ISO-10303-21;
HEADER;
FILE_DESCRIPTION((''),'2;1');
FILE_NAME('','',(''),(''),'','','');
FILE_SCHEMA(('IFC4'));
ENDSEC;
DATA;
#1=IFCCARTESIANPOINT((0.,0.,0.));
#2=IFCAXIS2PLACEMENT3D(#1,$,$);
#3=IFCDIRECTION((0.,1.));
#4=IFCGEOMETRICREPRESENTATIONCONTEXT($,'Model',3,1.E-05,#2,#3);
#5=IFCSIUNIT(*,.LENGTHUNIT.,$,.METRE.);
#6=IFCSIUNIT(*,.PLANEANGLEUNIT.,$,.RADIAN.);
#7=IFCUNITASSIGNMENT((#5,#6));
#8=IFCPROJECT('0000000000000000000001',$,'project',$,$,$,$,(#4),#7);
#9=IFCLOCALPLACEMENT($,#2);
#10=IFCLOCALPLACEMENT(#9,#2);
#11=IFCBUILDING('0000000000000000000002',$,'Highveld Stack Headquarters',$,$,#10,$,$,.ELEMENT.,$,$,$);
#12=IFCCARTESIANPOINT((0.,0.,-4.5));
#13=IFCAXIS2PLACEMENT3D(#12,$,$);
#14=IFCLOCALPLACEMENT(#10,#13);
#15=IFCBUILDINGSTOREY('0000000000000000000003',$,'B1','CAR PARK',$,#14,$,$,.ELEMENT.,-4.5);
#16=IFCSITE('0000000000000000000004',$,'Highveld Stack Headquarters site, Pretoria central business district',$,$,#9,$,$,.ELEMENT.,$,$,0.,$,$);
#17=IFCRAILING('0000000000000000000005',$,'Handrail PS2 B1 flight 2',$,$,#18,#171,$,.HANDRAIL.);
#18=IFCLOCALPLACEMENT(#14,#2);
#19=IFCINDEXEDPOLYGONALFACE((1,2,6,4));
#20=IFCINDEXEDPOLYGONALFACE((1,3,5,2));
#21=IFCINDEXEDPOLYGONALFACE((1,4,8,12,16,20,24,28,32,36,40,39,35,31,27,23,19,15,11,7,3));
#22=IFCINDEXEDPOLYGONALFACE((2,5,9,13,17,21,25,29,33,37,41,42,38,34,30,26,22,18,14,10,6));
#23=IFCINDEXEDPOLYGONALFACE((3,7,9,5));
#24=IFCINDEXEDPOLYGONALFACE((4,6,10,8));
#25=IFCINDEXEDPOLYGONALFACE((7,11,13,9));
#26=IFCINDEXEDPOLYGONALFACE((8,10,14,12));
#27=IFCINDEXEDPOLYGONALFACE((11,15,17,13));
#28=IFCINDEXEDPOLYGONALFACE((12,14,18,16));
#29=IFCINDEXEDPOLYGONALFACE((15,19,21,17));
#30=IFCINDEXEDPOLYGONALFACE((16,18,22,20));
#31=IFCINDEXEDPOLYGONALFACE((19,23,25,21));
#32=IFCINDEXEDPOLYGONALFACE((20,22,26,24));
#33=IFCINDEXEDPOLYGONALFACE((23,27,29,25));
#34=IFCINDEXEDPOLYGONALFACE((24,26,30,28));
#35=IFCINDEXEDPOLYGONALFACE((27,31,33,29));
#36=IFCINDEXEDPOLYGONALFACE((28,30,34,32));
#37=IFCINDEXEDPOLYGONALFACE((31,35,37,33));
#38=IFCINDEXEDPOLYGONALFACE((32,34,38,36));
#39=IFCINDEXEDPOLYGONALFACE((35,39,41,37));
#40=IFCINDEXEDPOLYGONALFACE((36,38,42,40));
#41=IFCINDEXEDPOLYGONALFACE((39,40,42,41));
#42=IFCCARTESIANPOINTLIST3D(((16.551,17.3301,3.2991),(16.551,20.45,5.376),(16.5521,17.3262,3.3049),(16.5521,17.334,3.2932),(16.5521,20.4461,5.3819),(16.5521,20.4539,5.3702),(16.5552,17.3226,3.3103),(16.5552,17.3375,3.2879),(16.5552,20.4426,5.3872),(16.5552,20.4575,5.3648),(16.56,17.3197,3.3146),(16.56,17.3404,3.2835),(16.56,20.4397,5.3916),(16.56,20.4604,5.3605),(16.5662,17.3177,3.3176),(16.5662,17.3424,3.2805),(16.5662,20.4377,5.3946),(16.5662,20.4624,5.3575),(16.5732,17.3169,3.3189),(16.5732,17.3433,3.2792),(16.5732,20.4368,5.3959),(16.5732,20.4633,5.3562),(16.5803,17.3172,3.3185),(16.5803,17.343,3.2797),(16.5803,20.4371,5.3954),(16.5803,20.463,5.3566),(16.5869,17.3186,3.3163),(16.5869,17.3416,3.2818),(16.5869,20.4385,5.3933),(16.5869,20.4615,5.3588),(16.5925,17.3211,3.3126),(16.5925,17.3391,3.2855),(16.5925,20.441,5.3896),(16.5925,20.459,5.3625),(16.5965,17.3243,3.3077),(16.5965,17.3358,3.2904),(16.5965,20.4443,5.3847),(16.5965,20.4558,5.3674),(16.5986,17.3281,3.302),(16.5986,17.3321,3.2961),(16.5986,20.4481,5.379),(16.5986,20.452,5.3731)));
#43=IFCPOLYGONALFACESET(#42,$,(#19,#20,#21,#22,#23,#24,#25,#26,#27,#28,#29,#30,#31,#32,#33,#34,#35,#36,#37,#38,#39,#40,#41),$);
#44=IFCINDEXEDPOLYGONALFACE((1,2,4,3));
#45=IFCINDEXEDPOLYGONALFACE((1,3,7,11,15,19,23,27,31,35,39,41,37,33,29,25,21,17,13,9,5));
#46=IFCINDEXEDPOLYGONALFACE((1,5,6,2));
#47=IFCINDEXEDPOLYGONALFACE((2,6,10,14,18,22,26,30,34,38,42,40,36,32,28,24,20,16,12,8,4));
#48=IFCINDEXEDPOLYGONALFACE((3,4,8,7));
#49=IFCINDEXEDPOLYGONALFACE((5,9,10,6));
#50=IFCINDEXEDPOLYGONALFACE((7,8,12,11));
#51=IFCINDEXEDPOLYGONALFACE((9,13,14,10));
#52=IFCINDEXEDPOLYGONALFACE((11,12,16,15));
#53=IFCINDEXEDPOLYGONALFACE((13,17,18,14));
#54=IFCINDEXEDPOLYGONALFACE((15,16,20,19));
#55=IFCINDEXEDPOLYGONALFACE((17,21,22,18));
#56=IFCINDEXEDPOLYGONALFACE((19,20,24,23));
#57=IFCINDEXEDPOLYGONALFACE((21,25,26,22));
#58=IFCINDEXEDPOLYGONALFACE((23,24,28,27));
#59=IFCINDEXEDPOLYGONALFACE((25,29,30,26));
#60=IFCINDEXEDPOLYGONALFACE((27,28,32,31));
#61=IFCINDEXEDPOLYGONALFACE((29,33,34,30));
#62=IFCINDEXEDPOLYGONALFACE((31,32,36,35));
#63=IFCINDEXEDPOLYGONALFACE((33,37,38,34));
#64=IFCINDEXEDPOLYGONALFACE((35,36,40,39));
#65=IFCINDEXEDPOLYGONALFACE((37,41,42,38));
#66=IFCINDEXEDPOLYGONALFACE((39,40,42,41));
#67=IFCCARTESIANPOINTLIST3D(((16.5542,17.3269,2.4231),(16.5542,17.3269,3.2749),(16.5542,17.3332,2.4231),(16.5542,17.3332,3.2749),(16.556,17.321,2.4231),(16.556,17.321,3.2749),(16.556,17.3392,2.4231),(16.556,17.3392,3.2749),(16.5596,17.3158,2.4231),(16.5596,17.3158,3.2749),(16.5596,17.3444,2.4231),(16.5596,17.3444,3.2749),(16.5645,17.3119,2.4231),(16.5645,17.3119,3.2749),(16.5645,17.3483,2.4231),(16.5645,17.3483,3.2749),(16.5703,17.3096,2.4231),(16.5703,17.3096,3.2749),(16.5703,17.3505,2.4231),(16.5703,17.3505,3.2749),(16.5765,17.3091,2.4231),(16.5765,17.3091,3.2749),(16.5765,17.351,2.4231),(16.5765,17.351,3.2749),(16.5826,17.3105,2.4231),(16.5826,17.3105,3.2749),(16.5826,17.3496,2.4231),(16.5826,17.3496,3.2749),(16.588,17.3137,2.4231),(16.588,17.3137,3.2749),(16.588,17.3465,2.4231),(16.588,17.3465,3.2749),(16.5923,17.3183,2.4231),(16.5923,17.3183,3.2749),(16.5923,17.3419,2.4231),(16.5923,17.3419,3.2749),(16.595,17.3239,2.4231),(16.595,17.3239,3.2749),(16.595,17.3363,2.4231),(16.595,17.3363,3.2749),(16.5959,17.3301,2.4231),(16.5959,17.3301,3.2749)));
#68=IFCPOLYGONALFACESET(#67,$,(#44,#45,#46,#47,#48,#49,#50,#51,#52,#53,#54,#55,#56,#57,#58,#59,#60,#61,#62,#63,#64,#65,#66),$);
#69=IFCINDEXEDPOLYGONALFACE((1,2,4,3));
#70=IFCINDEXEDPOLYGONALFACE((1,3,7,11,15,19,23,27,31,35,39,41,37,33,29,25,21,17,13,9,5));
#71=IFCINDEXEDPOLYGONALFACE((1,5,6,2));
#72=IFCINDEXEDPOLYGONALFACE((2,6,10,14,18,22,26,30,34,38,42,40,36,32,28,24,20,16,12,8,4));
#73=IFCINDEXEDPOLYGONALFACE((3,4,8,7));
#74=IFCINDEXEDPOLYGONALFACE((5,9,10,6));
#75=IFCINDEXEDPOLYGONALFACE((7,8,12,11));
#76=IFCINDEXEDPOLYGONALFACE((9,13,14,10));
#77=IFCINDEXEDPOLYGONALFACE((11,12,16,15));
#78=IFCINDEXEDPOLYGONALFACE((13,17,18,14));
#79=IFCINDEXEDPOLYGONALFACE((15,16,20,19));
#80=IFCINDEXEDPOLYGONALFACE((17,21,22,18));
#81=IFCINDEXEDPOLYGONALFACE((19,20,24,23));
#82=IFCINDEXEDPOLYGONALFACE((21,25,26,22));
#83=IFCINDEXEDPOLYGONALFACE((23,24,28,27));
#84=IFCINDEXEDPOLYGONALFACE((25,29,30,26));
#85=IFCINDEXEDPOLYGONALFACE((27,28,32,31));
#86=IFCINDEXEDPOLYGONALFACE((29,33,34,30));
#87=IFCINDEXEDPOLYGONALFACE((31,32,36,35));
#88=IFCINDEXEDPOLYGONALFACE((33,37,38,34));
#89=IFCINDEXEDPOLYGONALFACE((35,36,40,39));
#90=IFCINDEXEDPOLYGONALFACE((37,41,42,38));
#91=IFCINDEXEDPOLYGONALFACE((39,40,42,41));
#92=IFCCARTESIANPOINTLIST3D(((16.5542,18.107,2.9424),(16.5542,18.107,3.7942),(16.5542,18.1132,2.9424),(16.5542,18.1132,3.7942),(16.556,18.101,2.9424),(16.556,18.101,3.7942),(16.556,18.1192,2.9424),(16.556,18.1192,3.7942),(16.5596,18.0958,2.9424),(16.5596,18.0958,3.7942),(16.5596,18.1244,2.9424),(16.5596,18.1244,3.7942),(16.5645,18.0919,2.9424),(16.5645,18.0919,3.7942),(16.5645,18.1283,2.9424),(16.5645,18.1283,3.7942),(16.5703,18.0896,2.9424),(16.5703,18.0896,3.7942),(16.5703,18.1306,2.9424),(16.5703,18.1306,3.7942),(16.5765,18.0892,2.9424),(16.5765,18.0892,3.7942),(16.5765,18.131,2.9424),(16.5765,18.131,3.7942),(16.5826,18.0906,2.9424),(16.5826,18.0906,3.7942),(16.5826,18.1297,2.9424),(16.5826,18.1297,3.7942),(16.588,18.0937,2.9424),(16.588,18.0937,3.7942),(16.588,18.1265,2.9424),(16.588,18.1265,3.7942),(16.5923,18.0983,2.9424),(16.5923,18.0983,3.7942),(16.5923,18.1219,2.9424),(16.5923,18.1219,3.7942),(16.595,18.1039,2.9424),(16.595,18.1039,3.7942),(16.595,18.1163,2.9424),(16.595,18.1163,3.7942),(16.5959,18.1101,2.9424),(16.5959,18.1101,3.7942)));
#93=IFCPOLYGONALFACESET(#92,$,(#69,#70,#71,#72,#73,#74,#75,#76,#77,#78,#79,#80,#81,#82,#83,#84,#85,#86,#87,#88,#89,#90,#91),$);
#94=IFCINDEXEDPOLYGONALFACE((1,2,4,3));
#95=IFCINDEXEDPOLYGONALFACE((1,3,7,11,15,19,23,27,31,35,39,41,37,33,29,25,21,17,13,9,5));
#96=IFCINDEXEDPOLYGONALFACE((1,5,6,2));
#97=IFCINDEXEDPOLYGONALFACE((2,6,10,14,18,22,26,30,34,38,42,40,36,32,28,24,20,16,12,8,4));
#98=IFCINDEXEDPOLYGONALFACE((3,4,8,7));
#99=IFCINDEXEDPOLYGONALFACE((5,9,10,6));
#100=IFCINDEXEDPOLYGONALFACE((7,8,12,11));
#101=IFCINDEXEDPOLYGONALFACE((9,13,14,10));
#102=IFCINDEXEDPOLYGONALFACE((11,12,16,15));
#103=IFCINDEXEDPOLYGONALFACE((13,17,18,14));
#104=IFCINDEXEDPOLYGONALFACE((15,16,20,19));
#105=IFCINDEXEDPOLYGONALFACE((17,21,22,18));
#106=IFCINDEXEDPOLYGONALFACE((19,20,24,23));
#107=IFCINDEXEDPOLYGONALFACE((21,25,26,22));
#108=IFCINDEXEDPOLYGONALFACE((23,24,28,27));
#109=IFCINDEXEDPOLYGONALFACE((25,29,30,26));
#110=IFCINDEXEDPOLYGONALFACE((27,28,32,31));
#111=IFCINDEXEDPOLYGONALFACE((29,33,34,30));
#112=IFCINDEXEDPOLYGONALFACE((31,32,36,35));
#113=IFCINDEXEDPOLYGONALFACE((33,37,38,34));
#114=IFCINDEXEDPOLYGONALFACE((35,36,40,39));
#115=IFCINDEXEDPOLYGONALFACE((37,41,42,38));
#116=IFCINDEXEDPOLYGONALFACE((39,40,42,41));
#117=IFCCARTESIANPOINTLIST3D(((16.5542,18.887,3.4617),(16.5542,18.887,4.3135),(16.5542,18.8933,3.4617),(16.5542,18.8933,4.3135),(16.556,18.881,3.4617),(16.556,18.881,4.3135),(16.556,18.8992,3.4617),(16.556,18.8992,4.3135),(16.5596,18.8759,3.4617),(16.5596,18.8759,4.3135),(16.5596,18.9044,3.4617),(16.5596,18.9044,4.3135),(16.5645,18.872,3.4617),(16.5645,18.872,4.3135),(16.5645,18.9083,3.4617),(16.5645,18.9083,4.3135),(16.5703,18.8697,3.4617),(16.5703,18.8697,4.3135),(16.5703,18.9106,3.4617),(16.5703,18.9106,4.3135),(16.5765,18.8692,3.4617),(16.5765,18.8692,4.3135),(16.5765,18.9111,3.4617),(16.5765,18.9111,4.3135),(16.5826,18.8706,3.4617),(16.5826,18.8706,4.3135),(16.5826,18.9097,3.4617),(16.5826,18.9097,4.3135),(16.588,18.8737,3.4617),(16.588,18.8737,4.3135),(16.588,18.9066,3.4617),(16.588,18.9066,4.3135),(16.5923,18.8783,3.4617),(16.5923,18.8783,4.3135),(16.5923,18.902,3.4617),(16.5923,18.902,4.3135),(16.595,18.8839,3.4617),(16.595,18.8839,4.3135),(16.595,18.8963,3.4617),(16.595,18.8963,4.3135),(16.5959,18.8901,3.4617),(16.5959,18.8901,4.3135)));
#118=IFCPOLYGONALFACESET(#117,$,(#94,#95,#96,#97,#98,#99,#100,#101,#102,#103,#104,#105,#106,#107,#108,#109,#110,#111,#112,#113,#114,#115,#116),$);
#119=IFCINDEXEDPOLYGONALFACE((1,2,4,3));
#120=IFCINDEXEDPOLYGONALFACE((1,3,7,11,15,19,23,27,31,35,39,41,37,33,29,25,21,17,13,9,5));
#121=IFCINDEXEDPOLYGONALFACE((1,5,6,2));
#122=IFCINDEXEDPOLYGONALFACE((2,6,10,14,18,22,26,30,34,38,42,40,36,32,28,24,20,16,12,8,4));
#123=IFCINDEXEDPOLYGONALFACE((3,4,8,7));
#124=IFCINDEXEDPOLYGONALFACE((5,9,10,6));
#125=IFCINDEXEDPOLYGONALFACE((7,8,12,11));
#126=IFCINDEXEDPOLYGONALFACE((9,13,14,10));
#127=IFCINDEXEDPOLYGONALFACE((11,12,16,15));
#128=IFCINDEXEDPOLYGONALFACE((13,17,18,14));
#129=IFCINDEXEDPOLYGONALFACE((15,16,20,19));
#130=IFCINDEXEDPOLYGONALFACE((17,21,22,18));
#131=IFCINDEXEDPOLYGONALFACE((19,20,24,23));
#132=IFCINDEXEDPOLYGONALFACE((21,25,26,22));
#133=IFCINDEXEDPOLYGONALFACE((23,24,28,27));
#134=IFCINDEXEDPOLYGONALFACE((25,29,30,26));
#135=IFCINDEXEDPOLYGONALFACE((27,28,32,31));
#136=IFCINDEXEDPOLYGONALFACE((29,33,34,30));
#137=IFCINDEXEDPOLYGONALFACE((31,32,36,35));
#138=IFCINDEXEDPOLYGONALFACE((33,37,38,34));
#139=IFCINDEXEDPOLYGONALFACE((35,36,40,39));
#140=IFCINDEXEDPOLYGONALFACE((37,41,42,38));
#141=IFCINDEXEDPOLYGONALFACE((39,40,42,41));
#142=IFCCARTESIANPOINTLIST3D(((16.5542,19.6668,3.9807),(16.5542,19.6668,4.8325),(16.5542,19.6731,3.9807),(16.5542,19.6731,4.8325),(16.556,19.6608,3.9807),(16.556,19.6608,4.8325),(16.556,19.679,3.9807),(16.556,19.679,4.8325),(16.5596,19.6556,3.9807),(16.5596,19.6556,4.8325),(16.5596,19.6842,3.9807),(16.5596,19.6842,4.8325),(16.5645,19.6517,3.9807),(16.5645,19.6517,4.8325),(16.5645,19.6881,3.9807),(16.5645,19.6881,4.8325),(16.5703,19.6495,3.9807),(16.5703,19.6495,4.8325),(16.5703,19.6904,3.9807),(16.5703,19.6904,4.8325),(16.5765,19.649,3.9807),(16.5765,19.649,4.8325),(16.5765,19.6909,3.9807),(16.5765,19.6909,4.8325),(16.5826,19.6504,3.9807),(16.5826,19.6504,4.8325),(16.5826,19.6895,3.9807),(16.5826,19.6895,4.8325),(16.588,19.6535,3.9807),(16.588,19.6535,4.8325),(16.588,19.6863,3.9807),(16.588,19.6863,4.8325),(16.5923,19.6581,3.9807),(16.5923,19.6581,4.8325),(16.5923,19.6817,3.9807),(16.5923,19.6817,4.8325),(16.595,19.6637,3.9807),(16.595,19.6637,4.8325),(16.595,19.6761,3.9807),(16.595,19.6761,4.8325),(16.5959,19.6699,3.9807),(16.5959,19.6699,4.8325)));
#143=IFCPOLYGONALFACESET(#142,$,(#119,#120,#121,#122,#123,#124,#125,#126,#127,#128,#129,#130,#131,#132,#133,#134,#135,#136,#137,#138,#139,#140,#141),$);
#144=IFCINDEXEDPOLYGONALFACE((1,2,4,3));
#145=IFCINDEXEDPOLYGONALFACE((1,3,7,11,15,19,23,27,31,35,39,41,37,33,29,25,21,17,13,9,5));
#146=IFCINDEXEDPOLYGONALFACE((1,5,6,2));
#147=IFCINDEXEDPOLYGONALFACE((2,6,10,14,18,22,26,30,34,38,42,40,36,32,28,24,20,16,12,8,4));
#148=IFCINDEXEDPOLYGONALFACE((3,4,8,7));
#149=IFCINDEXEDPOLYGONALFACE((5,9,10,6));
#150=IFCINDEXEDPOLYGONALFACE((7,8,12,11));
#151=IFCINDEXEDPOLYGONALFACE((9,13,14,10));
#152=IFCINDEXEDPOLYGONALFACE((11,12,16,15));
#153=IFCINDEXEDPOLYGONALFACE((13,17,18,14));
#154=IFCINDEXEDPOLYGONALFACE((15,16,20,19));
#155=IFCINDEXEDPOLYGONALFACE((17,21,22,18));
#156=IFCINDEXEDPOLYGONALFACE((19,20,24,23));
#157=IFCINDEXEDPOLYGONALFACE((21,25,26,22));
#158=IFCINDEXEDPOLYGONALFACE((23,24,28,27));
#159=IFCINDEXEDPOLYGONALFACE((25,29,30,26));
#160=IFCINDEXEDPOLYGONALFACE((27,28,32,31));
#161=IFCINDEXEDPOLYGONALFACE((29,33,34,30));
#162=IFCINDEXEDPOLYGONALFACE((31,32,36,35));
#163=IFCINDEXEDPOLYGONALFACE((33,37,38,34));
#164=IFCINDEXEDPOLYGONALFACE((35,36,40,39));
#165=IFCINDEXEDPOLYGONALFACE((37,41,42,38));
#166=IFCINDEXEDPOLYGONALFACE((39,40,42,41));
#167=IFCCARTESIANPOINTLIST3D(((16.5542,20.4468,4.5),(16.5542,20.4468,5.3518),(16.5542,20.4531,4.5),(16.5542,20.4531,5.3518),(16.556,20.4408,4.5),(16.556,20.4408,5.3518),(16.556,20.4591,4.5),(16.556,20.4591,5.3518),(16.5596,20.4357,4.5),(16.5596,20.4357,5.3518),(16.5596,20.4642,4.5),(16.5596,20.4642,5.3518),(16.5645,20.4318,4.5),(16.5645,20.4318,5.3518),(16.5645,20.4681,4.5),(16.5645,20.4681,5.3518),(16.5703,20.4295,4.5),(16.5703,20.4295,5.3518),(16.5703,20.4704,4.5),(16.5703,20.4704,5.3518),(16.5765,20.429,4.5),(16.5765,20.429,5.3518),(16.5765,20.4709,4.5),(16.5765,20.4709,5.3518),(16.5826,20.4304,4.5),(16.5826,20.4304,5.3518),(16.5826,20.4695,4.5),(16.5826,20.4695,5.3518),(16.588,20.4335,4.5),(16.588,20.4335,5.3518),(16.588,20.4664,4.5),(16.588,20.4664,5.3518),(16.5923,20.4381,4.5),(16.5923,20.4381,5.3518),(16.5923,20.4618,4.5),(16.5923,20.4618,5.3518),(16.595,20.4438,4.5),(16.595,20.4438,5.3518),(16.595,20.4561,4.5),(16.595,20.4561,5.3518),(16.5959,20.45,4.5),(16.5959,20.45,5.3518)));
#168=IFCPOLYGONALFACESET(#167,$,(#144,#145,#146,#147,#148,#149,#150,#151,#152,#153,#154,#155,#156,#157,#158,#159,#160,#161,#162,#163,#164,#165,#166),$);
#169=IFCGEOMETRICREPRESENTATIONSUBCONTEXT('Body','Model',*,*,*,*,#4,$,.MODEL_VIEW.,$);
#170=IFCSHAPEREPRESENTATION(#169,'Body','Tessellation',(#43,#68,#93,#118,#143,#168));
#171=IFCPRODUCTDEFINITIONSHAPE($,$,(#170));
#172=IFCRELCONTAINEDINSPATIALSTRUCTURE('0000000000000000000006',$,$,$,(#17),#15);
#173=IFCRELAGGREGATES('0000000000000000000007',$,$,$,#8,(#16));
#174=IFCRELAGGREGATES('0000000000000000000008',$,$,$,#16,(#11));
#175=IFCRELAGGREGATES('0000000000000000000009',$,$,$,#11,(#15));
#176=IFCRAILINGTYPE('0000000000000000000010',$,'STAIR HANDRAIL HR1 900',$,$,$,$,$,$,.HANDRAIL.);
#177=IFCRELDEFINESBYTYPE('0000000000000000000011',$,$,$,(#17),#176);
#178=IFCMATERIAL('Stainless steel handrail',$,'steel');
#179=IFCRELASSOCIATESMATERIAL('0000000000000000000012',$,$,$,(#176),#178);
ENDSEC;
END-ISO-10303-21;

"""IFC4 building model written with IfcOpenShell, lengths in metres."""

from ifc_helpers import new_model, si_unit, direction, frame, origin, origin_2d, place, context, subcontext, project, spatial, circle, extrude, material, type_object, element, save


model = new_model("IFC4")

# Units and contexts
model_context = context("Model", 3, precision=1e-05, world=origin(), true_north=direction((0.0, 1.0)))
body_context = subcontext(model_context, "Body", "Model", "MODEL_VIEW")
ifc_project = project(units=[si_unit("LENGTHUNIT", "METRE"), si_unit("PLANEANGLEUNIT", "RADIAN")], contexts=[model_context])

# Site, building, storey
site_placement = place(None, origin())
site = spatial("IfcSite", under=ifc_project, at=site_placement, Name="Highveld Stack Headquarters site, Pretoria central business district", CompositionType="ELEMENT", RefElevation=0.0)
building_placement = place(site_placement, origin())
building = spatial("IfcBuilding", under=site, at=building_placement, Name="Highveld Stack Headquarters", CompositionType="ELEMENT")
storey_placement = place(building_placement, frame((0.0, 0.0, -4.5)))
storey = spatial("IfcBuildingStorey", under=building, at=storey_placement, Name="B1", Description="CAR PARK", CompositionType="ELEMENT", Elevation=-4.5)

# Railing
ifc_material_1 = material(Name="Stainless steel handrail", Category="steel")
railing_type = type_object("IfcRailingType", Name="STAIR HANDRAIL HR1 900", PredefinedType="HANDRAIL", material=ifc_material_1)
for number, where, name in (
    (1, (16.575, 17.3301, 2.4231), "Handrail PS2 B1 flight 2"),
):
    element("IfcRailing", number, at=place(storey_placement, frame(where)), inside=storey, type_object=railing_type, Name=name, PredefinedType="HANDRAIL", context=body_context, shape_type="SweptSolid", body=[
        extrude(circle(Radius=0.0239, at=origin_2d()), frame((0.0, 0.0, 0.876), z_axis=(0.0, 0.832421, 0.554144), x_axis=(-1.0, 0.0, 0.0)), (0.0, 0.0, 1.0), 3.748),
        extrude(circle(Radius=0.021, at=origin_2d()), origin(), (0.0, 0.0, 1.0), 0.8518),
        extrude(circle(Radius=0.021, at=origin_2d()), frame((0.0, 0.78, 0.5193)), (0.0, 0.0, 1.0), 0.8518),
        extrude(circle(Radius=0.021, at=origin_2d()), frame((0.0, 1.5601, 1.0386)), (0.0, 0.0, 1.0), 0.8518),
        extrude(circle(Radius=0.021, at=origin_2d()), frame((0.0, 2.3398, 1.5576)), (0.0, 0.0, 1.0), 0.8518),
        extrude(circle(Radius=0.021, at=origin_2d()), frame((0.0, 3.1199, 2.0769)), (0.0, 0.0, 1.0), 0.8518),
    ])

save(model, "model.ifc")
